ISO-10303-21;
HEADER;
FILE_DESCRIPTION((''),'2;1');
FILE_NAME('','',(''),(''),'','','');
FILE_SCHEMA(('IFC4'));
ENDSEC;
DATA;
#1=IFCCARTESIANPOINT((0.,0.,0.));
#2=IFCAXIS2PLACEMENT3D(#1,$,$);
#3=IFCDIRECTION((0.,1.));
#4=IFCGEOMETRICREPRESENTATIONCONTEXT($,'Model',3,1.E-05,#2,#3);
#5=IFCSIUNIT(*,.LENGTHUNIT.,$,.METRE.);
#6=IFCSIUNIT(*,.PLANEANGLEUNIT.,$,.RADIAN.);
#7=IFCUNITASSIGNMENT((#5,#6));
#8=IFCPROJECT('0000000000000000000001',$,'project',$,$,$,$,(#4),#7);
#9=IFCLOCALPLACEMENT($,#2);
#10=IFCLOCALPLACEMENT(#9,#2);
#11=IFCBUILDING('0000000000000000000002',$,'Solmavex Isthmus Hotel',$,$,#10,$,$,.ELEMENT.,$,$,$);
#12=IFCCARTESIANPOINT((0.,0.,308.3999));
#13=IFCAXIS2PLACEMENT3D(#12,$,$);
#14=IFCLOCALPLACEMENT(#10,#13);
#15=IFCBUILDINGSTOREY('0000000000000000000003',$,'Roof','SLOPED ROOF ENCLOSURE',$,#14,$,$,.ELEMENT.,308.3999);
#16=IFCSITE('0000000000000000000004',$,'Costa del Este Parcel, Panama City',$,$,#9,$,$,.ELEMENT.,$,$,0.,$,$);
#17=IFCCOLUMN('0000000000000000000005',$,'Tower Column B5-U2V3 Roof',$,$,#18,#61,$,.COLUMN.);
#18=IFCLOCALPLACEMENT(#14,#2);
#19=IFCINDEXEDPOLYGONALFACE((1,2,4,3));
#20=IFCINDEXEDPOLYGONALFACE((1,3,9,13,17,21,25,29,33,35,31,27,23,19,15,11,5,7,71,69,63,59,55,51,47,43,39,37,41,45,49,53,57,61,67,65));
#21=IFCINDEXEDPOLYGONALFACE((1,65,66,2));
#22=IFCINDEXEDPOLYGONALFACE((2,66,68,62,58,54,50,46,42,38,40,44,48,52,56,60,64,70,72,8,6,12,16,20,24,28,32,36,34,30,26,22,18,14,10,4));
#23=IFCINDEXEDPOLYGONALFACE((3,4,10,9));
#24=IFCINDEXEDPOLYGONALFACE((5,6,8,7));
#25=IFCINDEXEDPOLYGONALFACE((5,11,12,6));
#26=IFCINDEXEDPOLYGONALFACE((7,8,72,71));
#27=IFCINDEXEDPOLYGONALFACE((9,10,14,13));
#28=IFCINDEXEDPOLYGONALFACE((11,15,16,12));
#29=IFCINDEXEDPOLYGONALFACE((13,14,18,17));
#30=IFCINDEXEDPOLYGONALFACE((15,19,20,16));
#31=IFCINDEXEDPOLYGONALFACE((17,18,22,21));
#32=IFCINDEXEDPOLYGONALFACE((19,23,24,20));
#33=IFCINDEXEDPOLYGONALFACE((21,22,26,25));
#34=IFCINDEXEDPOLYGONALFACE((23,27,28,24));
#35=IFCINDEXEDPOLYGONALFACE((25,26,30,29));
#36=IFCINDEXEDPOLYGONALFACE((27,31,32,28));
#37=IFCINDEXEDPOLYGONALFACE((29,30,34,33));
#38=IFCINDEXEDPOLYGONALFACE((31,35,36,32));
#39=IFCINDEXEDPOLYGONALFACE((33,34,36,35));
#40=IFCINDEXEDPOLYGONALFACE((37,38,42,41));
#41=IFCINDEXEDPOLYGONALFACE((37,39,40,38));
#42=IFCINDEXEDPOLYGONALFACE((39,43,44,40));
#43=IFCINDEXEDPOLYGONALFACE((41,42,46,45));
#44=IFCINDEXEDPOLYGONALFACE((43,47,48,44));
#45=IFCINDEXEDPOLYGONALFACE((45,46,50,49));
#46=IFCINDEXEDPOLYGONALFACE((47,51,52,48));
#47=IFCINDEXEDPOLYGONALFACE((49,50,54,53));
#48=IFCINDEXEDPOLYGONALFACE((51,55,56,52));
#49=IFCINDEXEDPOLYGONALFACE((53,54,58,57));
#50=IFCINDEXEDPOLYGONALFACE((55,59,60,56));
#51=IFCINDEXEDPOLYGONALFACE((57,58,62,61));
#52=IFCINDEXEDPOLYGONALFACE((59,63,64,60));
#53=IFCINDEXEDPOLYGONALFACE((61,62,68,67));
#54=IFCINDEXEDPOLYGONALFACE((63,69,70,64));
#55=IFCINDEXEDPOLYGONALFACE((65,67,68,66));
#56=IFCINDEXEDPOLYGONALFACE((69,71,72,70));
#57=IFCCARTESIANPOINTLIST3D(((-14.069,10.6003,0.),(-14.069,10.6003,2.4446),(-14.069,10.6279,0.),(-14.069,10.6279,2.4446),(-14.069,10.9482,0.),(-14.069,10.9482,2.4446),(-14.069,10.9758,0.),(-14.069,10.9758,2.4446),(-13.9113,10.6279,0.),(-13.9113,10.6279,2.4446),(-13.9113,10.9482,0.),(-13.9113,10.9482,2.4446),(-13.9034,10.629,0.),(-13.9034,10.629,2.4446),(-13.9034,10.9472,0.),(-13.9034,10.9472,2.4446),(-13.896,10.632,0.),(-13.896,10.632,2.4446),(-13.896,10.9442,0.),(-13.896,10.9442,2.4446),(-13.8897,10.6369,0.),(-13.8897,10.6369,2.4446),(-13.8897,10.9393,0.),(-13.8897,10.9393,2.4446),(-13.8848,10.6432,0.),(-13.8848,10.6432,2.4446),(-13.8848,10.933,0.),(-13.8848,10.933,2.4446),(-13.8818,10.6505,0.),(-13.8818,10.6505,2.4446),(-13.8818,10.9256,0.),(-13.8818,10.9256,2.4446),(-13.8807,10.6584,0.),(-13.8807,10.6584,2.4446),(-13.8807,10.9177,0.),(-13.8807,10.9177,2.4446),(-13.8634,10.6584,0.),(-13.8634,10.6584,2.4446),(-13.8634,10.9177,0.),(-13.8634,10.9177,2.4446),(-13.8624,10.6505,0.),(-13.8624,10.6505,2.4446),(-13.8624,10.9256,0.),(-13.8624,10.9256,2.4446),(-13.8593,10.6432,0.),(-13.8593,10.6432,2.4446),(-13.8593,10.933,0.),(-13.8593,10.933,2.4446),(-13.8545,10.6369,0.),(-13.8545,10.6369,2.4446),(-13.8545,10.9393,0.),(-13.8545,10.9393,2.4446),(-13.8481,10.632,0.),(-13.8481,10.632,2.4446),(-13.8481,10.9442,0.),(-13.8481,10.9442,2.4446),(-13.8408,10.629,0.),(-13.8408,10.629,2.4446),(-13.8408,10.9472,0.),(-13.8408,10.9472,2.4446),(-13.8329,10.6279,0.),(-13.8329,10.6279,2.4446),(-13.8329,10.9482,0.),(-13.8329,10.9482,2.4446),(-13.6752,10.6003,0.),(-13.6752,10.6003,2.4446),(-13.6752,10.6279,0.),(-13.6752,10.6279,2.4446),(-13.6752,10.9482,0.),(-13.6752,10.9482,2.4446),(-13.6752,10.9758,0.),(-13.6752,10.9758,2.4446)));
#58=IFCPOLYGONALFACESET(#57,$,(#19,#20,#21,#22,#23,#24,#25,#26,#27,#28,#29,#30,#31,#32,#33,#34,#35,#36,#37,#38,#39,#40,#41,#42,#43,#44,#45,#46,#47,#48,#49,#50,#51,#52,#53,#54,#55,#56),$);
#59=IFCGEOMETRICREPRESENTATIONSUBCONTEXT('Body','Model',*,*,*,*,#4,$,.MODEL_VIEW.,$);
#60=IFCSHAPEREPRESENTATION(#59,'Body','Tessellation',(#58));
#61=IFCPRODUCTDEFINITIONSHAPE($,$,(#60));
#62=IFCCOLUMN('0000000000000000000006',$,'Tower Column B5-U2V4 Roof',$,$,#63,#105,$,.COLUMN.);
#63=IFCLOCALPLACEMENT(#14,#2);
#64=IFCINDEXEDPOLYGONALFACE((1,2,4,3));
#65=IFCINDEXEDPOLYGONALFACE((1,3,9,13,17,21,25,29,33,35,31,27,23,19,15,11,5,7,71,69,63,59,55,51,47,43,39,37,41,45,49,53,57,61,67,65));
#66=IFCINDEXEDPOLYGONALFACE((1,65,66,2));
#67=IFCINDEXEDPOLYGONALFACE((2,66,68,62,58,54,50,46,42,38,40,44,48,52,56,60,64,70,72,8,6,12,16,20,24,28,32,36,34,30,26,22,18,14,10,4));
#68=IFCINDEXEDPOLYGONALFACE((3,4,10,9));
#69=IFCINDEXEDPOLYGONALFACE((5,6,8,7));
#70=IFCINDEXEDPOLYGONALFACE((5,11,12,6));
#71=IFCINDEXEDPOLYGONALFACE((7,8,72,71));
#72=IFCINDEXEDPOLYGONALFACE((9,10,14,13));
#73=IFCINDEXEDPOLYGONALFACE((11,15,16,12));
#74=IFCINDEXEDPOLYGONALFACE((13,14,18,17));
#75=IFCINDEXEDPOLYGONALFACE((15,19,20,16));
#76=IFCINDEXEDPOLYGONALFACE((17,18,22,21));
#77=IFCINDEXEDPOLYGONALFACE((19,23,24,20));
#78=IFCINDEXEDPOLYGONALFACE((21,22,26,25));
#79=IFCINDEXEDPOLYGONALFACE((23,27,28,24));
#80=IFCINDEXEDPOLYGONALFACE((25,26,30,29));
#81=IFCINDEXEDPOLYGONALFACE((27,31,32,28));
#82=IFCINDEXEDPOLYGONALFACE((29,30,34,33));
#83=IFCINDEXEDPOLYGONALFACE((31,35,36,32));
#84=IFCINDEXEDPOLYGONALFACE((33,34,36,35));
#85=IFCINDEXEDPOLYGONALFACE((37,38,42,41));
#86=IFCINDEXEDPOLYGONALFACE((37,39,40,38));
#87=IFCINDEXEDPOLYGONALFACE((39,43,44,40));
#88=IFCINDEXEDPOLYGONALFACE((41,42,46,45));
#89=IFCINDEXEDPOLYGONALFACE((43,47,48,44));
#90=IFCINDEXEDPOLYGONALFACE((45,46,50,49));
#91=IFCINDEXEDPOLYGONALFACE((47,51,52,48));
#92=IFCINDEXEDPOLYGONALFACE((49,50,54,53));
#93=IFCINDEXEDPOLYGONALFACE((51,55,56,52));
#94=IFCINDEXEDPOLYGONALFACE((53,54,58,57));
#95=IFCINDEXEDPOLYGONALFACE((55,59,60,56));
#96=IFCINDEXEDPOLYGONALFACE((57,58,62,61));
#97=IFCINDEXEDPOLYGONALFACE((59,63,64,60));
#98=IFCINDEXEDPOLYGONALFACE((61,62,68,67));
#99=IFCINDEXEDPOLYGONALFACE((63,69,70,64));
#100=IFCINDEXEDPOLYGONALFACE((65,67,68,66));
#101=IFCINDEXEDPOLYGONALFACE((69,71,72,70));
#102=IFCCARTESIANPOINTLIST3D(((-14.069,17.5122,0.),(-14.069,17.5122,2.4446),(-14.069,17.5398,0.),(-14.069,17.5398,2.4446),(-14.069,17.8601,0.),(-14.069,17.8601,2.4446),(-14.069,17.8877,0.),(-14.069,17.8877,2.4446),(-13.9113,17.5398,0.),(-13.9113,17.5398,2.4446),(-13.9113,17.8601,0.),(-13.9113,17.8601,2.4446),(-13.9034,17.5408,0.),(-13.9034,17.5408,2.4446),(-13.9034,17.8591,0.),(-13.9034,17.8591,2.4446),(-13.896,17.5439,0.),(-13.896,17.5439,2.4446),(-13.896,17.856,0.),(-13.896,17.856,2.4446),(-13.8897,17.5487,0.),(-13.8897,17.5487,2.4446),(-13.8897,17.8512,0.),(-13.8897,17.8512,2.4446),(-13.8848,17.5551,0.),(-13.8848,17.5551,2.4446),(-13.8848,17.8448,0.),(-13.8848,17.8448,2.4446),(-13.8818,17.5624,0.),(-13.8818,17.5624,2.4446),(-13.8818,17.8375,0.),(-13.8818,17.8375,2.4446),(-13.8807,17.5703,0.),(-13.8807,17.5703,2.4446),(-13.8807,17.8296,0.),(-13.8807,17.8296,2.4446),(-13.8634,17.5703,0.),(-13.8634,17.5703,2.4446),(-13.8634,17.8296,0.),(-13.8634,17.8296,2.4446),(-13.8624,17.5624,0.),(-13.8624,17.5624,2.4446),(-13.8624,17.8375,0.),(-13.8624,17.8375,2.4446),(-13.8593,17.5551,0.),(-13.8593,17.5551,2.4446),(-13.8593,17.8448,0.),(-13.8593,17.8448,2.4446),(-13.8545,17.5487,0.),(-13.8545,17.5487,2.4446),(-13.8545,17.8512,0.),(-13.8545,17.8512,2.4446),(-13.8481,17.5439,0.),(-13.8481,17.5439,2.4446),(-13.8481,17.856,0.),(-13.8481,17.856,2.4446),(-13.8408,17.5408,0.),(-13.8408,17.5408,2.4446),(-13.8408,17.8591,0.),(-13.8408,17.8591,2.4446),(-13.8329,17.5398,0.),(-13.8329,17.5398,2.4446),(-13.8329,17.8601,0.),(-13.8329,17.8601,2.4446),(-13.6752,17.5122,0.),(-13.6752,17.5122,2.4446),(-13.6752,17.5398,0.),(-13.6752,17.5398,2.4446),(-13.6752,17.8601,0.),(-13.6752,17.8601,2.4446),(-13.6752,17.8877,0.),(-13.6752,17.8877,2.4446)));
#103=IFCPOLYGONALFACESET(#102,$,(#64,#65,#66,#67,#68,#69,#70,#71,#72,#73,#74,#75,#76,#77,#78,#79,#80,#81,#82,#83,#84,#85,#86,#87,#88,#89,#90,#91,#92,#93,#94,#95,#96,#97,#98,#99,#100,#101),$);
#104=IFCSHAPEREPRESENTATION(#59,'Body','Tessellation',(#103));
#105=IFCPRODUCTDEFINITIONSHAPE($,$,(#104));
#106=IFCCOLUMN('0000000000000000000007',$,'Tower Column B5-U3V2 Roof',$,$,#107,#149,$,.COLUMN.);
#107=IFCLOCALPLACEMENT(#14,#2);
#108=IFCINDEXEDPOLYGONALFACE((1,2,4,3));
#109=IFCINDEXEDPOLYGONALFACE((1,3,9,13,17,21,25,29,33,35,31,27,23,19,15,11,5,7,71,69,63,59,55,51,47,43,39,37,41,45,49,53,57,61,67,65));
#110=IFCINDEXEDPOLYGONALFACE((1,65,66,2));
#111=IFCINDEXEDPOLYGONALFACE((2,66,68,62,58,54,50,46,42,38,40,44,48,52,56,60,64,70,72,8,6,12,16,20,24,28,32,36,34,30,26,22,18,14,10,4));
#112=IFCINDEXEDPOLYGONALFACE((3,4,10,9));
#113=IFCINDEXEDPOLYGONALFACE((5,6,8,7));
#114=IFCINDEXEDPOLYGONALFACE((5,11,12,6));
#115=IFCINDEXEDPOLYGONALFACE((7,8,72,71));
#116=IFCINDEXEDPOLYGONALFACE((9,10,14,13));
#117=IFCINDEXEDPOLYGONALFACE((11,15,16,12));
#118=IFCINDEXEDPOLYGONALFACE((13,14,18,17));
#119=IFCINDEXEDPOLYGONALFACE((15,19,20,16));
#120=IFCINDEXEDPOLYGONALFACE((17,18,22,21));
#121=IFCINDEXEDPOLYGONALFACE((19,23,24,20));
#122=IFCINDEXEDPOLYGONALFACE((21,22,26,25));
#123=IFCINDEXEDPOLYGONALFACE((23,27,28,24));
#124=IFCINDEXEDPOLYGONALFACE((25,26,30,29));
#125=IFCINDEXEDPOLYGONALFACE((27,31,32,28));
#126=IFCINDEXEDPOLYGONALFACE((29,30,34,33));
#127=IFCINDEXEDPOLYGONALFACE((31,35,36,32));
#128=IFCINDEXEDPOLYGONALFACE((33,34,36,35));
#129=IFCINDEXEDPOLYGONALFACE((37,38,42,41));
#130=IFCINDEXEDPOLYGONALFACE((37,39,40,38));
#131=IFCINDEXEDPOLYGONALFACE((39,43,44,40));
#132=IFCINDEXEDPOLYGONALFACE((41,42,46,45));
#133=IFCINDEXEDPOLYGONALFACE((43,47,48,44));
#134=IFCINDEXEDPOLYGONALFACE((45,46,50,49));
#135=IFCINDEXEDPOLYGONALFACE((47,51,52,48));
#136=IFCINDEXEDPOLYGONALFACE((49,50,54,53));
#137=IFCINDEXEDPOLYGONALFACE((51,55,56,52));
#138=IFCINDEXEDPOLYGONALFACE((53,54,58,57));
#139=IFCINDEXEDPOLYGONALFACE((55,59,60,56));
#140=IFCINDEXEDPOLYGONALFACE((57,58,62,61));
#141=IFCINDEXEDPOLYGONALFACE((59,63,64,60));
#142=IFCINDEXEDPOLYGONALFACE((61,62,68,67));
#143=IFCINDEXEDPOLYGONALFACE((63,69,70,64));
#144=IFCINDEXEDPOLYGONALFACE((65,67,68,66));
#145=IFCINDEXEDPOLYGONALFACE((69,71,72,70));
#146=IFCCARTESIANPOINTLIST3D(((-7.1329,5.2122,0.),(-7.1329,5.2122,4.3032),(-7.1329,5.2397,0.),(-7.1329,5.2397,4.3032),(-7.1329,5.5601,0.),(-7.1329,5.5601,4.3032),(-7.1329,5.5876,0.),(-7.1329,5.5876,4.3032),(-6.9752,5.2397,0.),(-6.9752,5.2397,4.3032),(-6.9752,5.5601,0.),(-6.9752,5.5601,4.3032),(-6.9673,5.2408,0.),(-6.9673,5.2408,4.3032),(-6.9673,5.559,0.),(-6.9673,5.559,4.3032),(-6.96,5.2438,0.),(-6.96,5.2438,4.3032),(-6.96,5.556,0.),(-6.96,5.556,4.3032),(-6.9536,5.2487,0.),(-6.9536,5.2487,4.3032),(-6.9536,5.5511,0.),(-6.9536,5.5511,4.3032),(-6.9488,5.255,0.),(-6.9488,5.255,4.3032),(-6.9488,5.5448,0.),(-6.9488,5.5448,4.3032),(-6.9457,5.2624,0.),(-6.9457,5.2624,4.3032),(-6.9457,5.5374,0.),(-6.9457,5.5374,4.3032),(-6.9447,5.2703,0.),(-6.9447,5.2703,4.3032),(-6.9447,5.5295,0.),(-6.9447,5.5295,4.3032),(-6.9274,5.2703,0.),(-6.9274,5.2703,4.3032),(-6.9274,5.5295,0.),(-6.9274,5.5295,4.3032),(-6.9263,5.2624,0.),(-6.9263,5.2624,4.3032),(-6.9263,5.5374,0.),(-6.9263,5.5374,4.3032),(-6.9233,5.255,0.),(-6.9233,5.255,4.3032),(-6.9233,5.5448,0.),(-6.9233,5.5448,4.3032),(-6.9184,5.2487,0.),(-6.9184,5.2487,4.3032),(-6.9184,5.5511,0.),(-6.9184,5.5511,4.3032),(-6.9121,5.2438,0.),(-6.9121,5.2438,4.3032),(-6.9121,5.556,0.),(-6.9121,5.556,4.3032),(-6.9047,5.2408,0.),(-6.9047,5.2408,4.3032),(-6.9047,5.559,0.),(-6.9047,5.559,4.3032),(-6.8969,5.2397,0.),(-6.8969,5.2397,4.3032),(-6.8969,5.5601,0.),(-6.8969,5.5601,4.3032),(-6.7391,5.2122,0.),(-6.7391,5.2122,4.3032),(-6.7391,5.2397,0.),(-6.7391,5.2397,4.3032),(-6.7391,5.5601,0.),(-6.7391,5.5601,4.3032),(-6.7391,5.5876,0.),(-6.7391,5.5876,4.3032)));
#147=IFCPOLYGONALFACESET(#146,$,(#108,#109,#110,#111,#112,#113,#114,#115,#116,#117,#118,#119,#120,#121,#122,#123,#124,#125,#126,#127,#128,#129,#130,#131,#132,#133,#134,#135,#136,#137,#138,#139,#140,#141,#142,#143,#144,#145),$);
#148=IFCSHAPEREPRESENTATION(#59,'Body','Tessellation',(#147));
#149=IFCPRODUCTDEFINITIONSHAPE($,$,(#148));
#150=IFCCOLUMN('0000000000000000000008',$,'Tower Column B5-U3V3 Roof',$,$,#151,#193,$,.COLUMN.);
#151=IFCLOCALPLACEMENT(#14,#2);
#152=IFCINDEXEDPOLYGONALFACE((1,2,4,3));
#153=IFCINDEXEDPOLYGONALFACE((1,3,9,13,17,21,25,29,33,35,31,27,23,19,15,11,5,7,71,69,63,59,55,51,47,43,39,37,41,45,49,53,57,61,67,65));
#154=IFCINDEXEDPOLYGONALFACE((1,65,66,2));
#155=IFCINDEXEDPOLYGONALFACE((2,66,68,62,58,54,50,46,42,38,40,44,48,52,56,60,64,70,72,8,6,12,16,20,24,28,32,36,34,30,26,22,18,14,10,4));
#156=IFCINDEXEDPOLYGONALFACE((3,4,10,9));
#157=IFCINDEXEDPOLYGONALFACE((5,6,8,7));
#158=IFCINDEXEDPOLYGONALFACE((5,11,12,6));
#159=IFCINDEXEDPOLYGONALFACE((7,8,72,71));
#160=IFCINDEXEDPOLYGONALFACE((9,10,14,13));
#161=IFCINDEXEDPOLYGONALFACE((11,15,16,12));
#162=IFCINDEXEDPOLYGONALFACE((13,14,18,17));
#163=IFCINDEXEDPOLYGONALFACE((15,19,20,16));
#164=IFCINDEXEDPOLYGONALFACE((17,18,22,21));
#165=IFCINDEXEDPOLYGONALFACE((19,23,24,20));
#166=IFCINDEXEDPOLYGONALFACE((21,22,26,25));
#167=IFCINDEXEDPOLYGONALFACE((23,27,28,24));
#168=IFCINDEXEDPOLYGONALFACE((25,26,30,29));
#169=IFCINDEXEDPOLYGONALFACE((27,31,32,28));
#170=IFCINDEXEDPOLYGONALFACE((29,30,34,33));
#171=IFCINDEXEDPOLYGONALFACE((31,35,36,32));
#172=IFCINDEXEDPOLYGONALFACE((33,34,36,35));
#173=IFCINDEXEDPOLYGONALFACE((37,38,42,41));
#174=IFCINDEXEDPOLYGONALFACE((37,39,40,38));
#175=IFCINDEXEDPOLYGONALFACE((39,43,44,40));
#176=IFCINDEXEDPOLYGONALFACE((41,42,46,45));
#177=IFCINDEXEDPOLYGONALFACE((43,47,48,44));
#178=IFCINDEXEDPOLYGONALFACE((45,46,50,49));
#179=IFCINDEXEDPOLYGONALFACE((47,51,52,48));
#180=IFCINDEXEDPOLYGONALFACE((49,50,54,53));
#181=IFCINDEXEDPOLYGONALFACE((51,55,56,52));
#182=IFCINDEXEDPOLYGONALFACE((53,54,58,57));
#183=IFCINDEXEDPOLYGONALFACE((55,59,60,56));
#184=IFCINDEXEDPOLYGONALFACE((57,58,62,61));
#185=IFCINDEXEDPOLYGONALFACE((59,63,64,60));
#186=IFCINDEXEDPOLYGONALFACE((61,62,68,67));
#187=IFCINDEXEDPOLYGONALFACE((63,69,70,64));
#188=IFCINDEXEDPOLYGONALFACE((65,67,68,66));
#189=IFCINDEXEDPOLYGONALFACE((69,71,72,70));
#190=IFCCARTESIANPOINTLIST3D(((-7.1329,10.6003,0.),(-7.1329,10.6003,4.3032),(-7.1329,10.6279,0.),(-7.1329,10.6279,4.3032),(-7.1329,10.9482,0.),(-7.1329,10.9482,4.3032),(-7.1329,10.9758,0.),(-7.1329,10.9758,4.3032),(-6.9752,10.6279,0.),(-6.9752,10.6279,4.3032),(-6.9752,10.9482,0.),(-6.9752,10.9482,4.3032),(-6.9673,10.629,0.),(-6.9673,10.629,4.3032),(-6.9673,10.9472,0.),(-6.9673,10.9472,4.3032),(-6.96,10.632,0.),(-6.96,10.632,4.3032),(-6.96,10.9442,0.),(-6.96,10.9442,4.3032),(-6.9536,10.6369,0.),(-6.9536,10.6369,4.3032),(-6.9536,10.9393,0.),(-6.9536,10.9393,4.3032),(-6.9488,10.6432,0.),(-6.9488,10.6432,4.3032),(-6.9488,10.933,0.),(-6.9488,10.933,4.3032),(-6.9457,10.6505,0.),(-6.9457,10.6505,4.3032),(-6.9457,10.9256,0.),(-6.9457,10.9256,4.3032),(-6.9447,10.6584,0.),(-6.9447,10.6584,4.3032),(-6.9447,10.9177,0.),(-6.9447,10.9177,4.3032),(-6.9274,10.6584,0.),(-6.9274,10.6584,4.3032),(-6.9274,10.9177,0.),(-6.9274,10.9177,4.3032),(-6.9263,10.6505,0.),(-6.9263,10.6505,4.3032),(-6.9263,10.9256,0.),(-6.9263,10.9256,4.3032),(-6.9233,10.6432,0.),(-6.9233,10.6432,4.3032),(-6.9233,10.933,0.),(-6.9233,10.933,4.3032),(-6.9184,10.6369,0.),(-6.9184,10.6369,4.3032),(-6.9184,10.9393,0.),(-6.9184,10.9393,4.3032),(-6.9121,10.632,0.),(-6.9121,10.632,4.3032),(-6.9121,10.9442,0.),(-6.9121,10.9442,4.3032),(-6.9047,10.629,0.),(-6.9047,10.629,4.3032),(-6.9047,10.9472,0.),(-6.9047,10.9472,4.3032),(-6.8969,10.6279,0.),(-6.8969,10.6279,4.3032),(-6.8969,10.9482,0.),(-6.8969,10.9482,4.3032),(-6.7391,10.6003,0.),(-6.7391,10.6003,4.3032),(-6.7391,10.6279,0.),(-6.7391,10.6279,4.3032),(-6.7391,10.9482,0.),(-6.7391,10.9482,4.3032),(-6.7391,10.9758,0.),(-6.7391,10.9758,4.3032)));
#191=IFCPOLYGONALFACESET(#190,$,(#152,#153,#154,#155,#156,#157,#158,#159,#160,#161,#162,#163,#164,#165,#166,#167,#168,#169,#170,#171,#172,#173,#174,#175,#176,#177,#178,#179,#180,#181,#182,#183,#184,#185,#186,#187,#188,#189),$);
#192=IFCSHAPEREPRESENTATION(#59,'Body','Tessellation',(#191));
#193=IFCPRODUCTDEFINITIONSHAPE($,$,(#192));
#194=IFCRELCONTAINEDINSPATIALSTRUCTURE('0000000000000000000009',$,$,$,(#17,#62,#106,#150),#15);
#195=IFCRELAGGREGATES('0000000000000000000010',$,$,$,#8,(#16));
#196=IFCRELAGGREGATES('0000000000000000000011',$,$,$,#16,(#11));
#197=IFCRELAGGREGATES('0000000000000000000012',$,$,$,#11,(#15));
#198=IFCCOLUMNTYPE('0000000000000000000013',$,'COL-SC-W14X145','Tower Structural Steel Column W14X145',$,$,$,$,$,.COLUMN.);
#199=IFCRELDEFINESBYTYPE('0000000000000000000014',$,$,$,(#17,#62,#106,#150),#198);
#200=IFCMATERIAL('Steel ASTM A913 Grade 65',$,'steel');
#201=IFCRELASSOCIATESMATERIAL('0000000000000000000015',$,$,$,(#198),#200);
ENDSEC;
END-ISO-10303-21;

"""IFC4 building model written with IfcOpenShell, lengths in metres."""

from ifc_helpers import new_model, si_unit, direction, frame, origin, origin_2d, place, context, subcontext, project, spatial, i_section, extrude, material, material_profile, profile_set, type_object, element, save


model = new_model("IFC4")

# Units and contexts
model_context = context("Model", 3, precision=1e-05, world=origin(), true_north=direction((0.0, 1.0)))
body_context = subcontext(model_context, "Body", "Model", "MODEL_VIEW")
ifc_project = project(units=[si_unit("LENGTHUNIT", "METRE"), si_unit("PLANEANGLEUNIT", "RADIAN")], contexts=[model_context])

# Site, building, storey
site_placement = place(None, origin())
site = spatial("IfcSite", under=ifc_project, at=site_placement, Name="Costa del Este Parcel, Panama City", CompositionType="ELEMENT", RefElevation=0.0)
building_placement = place(site_placement, origin())
building = spatial("IfcBuilding", under=site, at=building_placement, Name="Solmavex Isthmus Hotel", CompositionType="ELEMENT")
storey_placement = place(building_placement, frame((0.0, 0.0, 308.3999)))
storey = spatial("IfcBuildingStorey", under=building, at=storey_placement, Name="Roof", Description="SLOPED ROOF ENCLOSURE", CompositionType="ELEMENT", Elevation=308.3999)

# Columns
ifc_material_1 = material(Name="Steel ASTM A913 Grade 65", Category="steel")
ifc_material_profile_1 = material_profile(ifc_material_1, i_section(OverallWidth=0.3938, OverallDepth=0.3755, WebThickness=0.0173, FlangeThickness=0.0276, FilletRadius=0.0305, at=origin_2d()), Name="W14X145")
ifc_profile_set_1 = profile_set([ifc_material_profile_1], Name="Steel ASTM A913 Grade 65")
column_type = type_object("IfcColumnType", Name="COL-SC-W14X145", Description="Tower Structural Steel Column W14X145", PredefinedType="COLUMN", material=ifc_profile_set_1)
for number, where, z_axis, x_axis, name in (
    (1, (-13.8721, 10.7881, 0.0), (0.0, 0.0, 1.0), (1.0, 0.0, 0.0), "Tower Column B5-U2V3 Roof"),
    (2, (-13.8721, 17.7, 0.0), (0.0, 0.0, 1.0), (1.0, 0.0, 0.0), "Tower Column B5-U2V4 Roof"),
):
    element("IfcColumn", number, at=place(storey_placement, frame(where, z_axis=z_axis, x_axis=x_axis)), inside=storey, type_object=column_type, Name=name, PredefinedType="COLUMN", context=body_context, shape_type="SweptSolid", body=[
        extrude(i_section(OverallWidth=0.3938, OverallDepth=0.3755, WebThickness=0.0173, FlangeThickness=0.0276, FilletRadius=0.0305, at=origin_2d()), origin(), (0.0, 0.0, 1.0), 2.4446),
    ])
for number, where, z_axis, x_axis, name in (
    (3, (-6.936, 5.3999, 0.0), (0.0, 0.0, 1.0), (1.0, 0.0, 0.0), "Tower Column B5-U3V2 Roof"),
    (4, (-6.936, 10.7881, 0.0), (0.0, 0.0, 1.0), (1.0, 0.0, 0.0), "Tower Column B5-U3V3 Roof"),
):
    element("IfcColumn", number, at=place(storey_placement, frame(where, z_axis=z_axis, x_axis=x_axis)), inside=storey, type_object=column_type, Name=name, PredefinedType="COLUMN", context=body_context, shape_type="SweptSolid", body=[
        extrude(i_section(OverallWidth=0.3938, OverallDepth=0.3755, WebThickness=0.0173, FlangeThickness=0.0276, FilletRadius=0.0305, at=origin_2d()), origin(), (0.0, 0.0, 1.0), 4.3032),
    ])

save(model, "model.ifc")
